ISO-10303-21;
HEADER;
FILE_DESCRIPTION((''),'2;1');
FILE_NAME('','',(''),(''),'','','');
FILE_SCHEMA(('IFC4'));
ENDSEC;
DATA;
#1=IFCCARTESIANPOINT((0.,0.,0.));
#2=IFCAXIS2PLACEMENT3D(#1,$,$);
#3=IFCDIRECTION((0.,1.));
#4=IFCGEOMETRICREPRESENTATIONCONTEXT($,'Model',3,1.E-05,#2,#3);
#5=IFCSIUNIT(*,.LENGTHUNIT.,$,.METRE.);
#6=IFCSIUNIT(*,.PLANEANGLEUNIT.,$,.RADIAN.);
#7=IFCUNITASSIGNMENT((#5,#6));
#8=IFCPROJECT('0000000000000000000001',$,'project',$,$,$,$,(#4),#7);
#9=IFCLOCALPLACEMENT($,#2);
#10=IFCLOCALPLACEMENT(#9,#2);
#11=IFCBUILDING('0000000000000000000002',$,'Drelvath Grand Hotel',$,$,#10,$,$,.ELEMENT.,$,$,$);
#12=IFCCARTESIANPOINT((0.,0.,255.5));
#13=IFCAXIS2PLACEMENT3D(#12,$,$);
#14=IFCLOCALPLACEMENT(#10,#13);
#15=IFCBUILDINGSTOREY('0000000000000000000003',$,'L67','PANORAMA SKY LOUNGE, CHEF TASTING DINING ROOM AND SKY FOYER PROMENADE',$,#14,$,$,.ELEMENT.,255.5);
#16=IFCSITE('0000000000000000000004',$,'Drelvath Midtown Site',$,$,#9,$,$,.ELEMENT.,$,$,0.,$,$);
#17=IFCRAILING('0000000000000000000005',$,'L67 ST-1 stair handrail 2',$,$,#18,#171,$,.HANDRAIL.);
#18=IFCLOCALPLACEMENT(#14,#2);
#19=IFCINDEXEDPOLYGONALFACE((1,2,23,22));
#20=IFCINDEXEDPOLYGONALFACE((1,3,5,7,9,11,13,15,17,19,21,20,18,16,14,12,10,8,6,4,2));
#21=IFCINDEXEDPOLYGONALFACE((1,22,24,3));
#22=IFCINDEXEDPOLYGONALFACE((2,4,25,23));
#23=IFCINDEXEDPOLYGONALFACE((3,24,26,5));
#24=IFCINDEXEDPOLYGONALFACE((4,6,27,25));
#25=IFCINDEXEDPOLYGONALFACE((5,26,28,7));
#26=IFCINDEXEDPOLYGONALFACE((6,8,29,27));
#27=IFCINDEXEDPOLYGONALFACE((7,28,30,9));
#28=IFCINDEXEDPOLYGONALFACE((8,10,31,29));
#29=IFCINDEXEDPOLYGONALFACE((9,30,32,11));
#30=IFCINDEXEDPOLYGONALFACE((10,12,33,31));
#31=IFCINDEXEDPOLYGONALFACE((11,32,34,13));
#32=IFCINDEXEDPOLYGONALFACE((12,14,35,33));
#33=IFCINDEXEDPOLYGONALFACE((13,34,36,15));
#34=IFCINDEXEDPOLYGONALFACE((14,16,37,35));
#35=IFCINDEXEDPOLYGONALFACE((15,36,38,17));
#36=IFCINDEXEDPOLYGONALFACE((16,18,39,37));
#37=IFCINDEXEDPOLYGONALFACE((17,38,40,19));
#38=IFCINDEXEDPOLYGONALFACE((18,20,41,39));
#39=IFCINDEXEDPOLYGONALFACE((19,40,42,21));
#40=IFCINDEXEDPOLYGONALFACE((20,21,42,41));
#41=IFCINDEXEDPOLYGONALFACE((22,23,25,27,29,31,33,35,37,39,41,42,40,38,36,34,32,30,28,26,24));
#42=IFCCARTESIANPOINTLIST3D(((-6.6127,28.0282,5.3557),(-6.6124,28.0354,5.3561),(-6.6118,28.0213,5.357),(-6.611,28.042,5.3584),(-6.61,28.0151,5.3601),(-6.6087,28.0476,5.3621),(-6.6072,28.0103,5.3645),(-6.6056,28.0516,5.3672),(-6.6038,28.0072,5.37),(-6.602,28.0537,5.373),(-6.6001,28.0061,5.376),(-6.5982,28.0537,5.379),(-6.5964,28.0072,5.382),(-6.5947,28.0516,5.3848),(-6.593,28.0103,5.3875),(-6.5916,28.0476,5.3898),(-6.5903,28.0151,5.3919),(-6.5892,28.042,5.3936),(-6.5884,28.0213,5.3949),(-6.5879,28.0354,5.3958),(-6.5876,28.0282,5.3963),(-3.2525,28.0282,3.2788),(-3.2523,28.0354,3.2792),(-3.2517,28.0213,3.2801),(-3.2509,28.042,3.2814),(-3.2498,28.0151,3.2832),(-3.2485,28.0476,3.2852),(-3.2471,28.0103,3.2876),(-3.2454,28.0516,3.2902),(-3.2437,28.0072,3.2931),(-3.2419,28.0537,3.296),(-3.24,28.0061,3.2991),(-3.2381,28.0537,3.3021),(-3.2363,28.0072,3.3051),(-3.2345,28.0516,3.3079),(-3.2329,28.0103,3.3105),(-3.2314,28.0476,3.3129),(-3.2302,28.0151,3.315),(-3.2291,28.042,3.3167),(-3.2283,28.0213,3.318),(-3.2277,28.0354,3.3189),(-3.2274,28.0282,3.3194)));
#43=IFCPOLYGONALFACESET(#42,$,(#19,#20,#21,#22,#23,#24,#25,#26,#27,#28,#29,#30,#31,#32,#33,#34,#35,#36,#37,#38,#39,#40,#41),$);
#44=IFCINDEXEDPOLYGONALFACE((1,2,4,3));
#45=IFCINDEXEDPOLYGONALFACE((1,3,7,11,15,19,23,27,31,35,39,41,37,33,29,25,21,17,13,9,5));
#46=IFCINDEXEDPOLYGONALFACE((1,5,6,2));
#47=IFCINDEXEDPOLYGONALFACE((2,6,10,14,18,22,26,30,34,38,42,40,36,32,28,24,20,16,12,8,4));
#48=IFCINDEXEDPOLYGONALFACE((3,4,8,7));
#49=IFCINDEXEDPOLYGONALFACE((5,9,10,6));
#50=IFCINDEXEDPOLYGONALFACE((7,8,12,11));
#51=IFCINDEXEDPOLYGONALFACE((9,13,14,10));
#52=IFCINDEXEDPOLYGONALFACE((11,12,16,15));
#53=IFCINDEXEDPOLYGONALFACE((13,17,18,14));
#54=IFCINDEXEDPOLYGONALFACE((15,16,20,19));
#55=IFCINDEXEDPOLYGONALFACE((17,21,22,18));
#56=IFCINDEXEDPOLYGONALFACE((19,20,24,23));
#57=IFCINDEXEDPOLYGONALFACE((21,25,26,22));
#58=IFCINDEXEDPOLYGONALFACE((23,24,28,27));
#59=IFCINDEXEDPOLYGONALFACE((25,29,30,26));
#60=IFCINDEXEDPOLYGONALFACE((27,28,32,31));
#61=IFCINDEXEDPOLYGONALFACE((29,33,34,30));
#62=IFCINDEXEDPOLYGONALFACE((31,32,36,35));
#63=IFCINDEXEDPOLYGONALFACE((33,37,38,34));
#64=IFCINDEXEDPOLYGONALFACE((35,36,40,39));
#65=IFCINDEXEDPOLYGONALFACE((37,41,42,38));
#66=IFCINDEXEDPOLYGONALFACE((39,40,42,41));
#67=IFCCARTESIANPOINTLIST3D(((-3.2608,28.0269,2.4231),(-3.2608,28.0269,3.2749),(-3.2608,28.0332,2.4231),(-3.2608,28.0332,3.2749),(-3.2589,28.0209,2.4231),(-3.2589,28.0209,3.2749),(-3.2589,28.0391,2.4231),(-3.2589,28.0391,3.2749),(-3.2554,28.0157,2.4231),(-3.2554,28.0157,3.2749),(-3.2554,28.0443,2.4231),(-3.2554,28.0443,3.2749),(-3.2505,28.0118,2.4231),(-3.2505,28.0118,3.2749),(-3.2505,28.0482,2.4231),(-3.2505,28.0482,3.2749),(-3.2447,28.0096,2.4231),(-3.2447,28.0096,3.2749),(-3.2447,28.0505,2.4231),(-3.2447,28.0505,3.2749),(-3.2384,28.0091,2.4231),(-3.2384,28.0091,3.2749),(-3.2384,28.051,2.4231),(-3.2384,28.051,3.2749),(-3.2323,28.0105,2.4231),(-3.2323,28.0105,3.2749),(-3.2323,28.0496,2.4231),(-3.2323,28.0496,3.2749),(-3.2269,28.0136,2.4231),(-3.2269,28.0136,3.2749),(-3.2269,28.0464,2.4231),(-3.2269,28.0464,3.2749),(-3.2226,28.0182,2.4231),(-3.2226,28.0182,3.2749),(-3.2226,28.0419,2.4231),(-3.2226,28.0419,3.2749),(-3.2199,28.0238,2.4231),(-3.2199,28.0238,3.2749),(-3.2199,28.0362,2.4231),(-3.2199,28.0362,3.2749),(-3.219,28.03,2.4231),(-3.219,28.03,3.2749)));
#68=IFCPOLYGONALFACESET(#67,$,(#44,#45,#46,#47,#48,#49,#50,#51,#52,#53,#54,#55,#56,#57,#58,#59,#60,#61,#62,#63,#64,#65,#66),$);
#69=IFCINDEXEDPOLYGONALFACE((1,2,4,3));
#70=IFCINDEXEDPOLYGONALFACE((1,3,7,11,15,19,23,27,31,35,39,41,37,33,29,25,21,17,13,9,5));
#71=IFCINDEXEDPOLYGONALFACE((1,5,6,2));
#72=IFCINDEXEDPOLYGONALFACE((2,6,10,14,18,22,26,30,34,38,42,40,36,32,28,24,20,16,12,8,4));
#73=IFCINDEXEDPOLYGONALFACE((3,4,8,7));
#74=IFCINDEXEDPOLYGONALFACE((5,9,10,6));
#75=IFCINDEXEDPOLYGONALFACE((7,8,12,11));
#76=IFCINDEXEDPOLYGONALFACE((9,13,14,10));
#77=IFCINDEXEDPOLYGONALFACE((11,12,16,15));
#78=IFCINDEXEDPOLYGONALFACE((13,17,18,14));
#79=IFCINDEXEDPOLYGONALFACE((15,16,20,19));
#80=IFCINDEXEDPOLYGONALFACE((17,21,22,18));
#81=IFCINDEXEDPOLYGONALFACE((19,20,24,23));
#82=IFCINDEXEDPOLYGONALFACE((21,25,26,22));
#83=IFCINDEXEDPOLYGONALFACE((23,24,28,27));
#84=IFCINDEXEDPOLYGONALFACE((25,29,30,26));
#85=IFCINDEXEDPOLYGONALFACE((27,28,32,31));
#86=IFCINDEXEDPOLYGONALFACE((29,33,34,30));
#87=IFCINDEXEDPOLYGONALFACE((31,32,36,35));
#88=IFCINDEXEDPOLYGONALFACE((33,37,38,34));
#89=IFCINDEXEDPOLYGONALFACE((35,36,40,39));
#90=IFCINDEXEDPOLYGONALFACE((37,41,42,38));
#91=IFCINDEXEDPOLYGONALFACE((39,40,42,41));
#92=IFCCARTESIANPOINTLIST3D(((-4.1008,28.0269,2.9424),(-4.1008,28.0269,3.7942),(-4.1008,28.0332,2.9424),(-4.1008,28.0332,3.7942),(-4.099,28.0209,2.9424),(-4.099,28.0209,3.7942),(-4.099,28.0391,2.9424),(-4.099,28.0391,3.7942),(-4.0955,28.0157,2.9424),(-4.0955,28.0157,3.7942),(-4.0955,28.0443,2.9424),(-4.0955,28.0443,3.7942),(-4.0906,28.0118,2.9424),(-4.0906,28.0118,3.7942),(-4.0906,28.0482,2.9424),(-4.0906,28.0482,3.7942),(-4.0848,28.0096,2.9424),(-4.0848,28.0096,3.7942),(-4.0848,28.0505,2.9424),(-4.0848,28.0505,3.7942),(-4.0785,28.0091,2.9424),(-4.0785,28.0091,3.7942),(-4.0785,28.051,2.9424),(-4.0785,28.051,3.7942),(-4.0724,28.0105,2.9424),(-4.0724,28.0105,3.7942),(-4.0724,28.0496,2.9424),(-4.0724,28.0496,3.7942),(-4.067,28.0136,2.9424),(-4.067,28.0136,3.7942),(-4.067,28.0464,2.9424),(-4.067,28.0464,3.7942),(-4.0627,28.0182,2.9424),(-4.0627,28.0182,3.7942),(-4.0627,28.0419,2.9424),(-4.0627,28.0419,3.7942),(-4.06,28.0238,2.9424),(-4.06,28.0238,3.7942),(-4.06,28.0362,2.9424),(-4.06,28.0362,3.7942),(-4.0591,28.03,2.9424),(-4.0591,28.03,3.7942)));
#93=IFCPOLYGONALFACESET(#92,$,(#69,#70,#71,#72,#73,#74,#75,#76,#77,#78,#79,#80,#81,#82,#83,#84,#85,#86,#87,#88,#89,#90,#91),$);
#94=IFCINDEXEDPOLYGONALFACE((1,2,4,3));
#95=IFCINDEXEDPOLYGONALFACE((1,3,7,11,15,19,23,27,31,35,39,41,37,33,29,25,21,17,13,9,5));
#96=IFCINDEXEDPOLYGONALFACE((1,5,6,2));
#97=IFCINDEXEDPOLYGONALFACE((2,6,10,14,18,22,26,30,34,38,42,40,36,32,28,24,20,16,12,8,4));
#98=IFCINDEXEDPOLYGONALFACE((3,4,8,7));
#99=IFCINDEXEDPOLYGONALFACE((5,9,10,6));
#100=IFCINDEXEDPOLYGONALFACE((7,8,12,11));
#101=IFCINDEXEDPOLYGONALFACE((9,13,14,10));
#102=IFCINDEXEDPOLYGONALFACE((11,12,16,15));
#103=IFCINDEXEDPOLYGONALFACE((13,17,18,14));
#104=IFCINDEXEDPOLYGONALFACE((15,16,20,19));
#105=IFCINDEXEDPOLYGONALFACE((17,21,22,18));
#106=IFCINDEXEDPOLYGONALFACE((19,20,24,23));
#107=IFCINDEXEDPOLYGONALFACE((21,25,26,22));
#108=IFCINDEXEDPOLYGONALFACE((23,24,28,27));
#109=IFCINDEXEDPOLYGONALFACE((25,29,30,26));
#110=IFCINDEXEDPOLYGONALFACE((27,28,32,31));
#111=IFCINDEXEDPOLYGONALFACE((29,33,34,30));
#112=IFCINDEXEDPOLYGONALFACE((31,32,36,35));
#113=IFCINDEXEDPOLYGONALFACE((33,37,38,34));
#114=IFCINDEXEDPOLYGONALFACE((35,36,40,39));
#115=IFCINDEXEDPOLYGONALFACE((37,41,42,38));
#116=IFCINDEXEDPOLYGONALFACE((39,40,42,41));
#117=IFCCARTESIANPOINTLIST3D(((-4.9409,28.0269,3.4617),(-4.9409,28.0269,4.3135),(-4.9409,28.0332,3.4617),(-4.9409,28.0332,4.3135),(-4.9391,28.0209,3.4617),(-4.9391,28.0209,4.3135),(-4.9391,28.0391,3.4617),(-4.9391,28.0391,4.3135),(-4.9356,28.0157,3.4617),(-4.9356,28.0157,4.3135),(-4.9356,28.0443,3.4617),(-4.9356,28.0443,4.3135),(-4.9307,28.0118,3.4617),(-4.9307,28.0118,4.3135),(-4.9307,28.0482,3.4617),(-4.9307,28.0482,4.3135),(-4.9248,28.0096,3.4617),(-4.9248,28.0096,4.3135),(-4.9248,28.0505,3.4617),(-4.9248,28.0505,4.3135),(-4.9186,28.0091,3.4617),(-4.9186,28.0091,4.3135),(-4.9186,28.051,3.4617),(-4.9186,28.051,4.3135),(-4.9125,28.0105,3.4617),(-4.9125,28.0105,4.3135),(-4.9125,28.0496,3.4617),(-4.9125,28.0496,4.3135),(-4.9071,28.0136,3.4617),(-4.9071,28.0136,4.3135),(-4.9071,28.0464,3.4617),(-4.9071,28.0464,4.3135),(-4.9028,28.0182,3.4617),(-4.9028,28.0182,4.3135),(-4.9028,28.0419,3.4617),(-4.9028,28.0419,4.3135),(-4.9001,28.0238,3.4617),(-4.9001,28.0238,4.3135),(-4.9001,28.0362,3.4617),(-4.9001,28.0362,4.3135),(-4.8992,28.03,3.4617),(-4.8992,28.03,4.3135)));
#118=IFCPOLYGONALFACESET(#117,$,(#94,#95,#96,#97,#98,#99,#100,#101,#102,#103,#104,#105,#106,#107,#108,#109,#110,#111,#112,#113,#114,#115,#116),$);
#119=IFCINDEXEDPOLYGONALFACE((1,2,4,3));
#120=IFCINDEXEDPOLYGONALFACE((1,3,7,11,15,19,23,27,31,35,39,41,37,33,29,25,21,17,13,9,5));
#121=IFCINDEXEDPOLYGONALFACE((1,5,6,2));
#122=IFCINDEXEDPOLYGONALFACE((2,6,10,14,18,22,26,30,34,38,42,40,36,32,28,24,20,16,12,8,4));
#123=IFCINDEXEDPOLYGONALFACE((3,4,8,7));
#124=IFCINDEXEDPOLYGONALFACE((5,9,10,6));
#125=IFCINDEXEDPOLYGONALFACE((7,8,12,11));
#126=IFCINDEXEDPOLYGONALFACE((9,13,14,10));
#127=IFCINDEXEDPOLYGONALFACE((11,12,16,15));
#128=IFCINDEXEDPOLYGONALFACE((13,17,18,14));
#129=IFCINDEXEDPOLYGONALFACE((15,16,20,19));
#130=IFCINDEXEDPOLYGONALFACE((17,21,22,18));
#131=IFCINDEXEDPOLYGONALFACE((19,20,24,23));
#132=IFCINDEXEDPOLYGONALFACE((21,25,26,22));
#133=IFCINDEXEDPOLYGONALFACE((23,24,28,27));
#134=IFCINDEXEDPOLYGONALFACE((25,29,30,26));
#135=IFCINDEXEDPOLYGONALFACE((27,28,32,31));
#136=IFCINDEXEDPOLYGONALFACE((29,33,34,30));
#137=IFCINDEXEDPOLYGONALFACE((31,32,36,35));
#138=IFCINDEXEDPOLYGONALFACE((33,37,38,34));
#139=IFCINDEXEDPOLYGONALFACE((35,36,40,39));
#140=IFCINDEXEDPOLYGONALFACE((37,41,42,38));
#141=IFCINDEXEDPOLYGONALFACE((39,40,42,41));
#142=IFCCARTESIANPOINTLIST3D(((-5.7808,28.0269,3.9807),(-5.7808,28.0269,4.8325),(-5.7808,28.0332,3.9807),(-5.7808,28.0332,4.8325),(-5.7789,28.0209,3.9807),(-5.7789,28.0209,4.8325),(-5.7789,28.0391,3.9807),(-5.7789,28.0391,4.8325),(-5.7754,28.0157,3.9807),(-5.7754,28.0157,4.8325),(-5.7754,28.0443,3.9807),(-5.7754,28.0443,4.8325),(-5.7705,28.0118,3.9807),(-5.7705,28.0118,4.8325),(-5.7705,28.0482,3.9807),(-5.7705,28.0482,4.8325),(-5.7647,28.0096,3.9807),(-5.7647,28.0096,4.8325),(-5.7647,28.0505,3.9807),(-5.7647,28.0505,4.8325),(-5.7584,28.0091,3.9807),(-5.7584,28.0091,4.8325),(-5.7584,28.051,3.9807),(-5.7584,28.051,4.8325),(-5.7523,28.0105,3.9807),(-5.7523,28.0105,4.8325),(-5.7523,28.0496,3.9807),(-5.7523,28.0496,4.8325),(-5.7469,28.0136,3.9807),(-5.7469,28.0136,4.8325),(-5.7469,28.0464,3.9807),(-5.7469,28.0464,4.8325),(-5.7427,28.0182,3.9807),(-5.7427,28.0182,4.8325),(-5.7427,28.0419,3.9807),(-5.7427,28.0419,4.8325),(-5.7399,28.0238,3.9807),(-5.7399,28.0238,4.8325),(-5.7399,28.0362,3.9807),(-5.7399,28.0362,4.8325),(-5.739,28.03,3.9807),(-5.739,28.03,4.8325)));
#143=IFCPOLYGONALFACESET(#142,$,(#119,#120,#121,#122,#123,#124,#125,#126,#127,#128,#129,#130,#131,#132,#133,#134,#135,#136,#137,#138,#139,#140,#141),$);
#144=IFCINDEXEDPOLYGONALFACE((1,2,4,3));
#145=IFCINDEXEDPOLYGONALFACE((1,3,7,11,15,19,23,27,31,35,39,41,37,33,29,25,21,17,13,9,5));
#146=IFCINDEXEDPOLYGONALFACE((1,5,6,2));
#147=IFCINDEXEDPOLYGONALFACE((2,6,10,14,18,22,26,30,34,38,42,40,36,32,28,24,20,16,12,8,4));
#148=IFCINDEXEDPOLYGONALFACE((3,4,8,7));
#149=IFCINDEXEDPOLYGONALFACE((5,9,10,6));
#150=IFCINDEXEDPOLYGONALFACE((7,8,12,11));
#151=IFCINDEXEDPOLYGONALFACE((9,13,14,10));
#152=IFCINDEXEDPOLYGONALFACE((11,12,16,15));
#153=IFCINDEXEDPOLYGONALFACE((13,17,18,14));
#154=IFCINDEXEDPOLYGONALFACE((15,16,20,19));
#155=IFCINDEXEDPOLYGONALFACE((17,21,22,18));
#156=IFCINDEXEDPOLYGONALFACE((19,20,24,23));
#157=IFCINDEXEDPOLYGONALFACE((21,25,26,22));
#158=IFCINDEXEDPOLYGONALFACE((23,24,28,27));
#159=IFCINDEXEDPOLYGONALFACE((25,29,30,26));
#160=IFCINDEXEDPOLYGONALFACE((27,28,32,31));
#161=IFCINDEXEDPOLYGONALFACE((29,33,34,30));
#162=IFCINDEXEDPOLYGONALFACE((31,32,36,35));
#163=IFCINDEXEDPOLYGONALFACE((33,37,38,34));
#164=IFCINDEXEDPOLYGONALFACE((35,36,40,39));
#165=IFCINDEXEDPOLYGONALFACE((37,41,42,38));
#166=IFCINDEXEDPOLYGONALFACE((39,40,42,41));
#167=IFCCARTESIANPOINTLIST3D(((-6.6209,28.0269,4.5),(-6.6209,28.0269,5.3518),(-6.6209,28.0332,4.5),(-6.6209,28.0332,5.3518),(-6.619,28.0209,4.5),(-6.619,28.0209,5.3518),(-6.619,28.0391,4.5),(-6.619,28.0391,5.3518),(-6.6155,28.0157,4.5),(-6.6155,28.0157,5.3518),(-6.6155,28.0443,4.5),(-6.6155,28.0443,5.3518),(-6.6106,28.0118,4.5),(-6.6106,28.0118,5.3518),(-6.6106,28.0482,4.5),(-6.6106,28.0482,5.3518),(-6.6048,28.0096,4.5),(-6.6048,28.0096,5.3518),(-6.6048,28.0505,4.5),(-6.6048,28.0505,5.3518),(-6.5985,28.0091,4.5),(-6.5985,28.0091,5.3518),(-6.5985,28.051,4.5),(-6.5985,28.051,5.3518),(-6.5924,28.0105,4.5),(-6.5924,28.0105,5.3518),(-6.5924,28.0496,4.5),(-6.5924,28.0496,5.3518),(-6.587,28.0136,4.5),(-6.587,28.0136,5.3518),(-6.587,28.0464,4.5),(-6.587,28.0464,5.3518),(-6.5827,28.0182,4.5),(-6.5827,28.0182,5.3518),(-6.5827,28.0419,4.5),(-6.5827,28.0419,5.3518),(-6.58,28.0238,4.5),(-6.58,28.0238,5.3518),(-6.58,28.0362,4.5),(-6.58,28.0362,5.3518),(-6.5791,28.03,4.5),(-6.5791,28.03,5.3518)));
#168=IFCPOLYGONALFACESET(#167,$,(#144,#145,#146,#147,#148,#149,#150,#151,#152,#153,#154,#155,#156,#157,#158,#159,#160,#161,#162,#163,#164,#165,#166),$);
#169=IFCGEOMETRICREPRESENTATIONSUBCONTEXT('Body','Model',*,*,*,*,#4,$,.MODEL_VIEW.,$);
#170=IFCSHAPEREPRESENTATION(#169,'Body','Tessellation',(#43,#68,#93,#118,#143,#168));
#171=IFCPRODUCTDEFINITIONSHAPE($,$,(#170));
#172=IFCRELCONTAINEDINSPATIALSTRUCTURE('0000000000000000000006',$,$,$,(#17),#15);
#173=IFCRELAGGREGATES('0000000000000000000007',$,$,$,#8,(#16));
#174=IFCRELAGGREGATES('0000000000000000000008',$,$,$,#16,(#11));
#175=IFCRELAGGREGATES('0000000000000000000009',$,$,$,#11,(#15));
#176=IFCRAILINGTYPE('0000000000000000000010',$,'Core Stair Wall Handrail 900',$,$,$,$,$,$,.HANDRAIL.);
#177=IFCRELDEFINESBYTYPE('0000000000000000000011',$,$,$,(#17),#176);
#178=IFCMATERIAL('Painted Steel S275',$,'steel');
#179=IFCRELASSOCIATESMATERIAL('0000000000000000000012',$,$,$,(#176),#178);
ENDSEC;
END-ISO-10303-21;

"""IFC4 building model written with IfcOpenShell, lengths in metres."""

from ifc_helpers import new_model, si_unit, direction, frame, origin, origin_2d, place, context, subcontext, project, spatial, circle, extrude, material, type_object, element, save


model = new_model("IFC4")

# Units and contexts
model_context = context("Model", 3, precision=1e-05, world=origin(), true_north=direction((0.0, 1.0)))
body_context = subcontext(model_context, "Body", "Model", "MODEL_VIEW")
ifc_project = project(units=[si_unit("LENGTHUNIT", "METRE"), si_unit("PLANEANGLEUNIT", "RADIAN")], contexts=[model_context])

# Site, building, storey
site_placement = place(None, origin())
site = spatial("IfcSite", under=ifc_project, at=site_placement, Name="Drelvath Midtown Site", CompositionType="ELEMENT", RefElevation=0.0)
building_placement = place(site_placement, origin())
building = spatial("IfcBuilding", under=site, at=building_placement, Name="Drelvath Grand Hotel", CompositionType="ELEMENT")
storey_placement = place(building_placement, frame((0.0, 0.0, 255.5)))
storey = spatial("IfcBuildingStorey", under=building, at=storey_placement, Name="L67", Description="PANORAMA SKY LOUNGE, CHEF TASTING DINING ROOM AND SKY FOYER PROMENADE", CompositionType="ELEMENT", Elevation=255.5)

# Shared definitions
ifc_material_1 = material(Name="Painted Steel S275", Category="steel")

# Railing
railing_type = type_object("IfcRailingType", Name="Core Stair Wall Handrail 900", PredefinedType="HANDRAIL", material=ifc_material_1)
railing_placement = place(storey_placement, frame((-3.24, 28.03, 2.4231)))
element("IfcRailing", 1, at=railing_placement, inside=storey, type_object=railing_type, Name="L67 ST-1 stair handrail 2", PredefinedType="HANDRAIL", context=body_context, shape_type="SweptSolid", body=[
    extrude(circle(Radius=0.0239, at=origin_2d()), frame((0.0, 0.0, 0.876), z_axis=(-0.850623, 0.0, 0.525776), x_axis=(0.0, -1.0, 0.0)), (0.0, 0.0, 1.0), 3.9502),
    extrude(circle(Radius=0.021, at=origin_2d()), origin(), (0.0, 0.0, 1.0), 0.8518),
    extrude(circle(Radius=0.021, at=origin_2d()), frame((-0.8401, 0.0, 0.5193)), (0.0, 0.0, 1.0), 0.8518),
    extrude(circle(Radius=0.021, at=origin_2d()), frame((-1.6802, 0.0, 1.0386)), (0.0, 0.0, 1.0), 0.8518),
    extrude(circle(Radius=0.021, at=origin_2d()), frame((-2.52, 0.0, 1.5576)), (0.0, 0.0, 1.0), 0.8518),
    extrude(circle(Radius=0.021, at=origin_2d()), frame((-3.3601, 0.0, 2.0769)), (0.0, 0.0, 1.0), 0.8518),
])

save(model, "model.ifc")
